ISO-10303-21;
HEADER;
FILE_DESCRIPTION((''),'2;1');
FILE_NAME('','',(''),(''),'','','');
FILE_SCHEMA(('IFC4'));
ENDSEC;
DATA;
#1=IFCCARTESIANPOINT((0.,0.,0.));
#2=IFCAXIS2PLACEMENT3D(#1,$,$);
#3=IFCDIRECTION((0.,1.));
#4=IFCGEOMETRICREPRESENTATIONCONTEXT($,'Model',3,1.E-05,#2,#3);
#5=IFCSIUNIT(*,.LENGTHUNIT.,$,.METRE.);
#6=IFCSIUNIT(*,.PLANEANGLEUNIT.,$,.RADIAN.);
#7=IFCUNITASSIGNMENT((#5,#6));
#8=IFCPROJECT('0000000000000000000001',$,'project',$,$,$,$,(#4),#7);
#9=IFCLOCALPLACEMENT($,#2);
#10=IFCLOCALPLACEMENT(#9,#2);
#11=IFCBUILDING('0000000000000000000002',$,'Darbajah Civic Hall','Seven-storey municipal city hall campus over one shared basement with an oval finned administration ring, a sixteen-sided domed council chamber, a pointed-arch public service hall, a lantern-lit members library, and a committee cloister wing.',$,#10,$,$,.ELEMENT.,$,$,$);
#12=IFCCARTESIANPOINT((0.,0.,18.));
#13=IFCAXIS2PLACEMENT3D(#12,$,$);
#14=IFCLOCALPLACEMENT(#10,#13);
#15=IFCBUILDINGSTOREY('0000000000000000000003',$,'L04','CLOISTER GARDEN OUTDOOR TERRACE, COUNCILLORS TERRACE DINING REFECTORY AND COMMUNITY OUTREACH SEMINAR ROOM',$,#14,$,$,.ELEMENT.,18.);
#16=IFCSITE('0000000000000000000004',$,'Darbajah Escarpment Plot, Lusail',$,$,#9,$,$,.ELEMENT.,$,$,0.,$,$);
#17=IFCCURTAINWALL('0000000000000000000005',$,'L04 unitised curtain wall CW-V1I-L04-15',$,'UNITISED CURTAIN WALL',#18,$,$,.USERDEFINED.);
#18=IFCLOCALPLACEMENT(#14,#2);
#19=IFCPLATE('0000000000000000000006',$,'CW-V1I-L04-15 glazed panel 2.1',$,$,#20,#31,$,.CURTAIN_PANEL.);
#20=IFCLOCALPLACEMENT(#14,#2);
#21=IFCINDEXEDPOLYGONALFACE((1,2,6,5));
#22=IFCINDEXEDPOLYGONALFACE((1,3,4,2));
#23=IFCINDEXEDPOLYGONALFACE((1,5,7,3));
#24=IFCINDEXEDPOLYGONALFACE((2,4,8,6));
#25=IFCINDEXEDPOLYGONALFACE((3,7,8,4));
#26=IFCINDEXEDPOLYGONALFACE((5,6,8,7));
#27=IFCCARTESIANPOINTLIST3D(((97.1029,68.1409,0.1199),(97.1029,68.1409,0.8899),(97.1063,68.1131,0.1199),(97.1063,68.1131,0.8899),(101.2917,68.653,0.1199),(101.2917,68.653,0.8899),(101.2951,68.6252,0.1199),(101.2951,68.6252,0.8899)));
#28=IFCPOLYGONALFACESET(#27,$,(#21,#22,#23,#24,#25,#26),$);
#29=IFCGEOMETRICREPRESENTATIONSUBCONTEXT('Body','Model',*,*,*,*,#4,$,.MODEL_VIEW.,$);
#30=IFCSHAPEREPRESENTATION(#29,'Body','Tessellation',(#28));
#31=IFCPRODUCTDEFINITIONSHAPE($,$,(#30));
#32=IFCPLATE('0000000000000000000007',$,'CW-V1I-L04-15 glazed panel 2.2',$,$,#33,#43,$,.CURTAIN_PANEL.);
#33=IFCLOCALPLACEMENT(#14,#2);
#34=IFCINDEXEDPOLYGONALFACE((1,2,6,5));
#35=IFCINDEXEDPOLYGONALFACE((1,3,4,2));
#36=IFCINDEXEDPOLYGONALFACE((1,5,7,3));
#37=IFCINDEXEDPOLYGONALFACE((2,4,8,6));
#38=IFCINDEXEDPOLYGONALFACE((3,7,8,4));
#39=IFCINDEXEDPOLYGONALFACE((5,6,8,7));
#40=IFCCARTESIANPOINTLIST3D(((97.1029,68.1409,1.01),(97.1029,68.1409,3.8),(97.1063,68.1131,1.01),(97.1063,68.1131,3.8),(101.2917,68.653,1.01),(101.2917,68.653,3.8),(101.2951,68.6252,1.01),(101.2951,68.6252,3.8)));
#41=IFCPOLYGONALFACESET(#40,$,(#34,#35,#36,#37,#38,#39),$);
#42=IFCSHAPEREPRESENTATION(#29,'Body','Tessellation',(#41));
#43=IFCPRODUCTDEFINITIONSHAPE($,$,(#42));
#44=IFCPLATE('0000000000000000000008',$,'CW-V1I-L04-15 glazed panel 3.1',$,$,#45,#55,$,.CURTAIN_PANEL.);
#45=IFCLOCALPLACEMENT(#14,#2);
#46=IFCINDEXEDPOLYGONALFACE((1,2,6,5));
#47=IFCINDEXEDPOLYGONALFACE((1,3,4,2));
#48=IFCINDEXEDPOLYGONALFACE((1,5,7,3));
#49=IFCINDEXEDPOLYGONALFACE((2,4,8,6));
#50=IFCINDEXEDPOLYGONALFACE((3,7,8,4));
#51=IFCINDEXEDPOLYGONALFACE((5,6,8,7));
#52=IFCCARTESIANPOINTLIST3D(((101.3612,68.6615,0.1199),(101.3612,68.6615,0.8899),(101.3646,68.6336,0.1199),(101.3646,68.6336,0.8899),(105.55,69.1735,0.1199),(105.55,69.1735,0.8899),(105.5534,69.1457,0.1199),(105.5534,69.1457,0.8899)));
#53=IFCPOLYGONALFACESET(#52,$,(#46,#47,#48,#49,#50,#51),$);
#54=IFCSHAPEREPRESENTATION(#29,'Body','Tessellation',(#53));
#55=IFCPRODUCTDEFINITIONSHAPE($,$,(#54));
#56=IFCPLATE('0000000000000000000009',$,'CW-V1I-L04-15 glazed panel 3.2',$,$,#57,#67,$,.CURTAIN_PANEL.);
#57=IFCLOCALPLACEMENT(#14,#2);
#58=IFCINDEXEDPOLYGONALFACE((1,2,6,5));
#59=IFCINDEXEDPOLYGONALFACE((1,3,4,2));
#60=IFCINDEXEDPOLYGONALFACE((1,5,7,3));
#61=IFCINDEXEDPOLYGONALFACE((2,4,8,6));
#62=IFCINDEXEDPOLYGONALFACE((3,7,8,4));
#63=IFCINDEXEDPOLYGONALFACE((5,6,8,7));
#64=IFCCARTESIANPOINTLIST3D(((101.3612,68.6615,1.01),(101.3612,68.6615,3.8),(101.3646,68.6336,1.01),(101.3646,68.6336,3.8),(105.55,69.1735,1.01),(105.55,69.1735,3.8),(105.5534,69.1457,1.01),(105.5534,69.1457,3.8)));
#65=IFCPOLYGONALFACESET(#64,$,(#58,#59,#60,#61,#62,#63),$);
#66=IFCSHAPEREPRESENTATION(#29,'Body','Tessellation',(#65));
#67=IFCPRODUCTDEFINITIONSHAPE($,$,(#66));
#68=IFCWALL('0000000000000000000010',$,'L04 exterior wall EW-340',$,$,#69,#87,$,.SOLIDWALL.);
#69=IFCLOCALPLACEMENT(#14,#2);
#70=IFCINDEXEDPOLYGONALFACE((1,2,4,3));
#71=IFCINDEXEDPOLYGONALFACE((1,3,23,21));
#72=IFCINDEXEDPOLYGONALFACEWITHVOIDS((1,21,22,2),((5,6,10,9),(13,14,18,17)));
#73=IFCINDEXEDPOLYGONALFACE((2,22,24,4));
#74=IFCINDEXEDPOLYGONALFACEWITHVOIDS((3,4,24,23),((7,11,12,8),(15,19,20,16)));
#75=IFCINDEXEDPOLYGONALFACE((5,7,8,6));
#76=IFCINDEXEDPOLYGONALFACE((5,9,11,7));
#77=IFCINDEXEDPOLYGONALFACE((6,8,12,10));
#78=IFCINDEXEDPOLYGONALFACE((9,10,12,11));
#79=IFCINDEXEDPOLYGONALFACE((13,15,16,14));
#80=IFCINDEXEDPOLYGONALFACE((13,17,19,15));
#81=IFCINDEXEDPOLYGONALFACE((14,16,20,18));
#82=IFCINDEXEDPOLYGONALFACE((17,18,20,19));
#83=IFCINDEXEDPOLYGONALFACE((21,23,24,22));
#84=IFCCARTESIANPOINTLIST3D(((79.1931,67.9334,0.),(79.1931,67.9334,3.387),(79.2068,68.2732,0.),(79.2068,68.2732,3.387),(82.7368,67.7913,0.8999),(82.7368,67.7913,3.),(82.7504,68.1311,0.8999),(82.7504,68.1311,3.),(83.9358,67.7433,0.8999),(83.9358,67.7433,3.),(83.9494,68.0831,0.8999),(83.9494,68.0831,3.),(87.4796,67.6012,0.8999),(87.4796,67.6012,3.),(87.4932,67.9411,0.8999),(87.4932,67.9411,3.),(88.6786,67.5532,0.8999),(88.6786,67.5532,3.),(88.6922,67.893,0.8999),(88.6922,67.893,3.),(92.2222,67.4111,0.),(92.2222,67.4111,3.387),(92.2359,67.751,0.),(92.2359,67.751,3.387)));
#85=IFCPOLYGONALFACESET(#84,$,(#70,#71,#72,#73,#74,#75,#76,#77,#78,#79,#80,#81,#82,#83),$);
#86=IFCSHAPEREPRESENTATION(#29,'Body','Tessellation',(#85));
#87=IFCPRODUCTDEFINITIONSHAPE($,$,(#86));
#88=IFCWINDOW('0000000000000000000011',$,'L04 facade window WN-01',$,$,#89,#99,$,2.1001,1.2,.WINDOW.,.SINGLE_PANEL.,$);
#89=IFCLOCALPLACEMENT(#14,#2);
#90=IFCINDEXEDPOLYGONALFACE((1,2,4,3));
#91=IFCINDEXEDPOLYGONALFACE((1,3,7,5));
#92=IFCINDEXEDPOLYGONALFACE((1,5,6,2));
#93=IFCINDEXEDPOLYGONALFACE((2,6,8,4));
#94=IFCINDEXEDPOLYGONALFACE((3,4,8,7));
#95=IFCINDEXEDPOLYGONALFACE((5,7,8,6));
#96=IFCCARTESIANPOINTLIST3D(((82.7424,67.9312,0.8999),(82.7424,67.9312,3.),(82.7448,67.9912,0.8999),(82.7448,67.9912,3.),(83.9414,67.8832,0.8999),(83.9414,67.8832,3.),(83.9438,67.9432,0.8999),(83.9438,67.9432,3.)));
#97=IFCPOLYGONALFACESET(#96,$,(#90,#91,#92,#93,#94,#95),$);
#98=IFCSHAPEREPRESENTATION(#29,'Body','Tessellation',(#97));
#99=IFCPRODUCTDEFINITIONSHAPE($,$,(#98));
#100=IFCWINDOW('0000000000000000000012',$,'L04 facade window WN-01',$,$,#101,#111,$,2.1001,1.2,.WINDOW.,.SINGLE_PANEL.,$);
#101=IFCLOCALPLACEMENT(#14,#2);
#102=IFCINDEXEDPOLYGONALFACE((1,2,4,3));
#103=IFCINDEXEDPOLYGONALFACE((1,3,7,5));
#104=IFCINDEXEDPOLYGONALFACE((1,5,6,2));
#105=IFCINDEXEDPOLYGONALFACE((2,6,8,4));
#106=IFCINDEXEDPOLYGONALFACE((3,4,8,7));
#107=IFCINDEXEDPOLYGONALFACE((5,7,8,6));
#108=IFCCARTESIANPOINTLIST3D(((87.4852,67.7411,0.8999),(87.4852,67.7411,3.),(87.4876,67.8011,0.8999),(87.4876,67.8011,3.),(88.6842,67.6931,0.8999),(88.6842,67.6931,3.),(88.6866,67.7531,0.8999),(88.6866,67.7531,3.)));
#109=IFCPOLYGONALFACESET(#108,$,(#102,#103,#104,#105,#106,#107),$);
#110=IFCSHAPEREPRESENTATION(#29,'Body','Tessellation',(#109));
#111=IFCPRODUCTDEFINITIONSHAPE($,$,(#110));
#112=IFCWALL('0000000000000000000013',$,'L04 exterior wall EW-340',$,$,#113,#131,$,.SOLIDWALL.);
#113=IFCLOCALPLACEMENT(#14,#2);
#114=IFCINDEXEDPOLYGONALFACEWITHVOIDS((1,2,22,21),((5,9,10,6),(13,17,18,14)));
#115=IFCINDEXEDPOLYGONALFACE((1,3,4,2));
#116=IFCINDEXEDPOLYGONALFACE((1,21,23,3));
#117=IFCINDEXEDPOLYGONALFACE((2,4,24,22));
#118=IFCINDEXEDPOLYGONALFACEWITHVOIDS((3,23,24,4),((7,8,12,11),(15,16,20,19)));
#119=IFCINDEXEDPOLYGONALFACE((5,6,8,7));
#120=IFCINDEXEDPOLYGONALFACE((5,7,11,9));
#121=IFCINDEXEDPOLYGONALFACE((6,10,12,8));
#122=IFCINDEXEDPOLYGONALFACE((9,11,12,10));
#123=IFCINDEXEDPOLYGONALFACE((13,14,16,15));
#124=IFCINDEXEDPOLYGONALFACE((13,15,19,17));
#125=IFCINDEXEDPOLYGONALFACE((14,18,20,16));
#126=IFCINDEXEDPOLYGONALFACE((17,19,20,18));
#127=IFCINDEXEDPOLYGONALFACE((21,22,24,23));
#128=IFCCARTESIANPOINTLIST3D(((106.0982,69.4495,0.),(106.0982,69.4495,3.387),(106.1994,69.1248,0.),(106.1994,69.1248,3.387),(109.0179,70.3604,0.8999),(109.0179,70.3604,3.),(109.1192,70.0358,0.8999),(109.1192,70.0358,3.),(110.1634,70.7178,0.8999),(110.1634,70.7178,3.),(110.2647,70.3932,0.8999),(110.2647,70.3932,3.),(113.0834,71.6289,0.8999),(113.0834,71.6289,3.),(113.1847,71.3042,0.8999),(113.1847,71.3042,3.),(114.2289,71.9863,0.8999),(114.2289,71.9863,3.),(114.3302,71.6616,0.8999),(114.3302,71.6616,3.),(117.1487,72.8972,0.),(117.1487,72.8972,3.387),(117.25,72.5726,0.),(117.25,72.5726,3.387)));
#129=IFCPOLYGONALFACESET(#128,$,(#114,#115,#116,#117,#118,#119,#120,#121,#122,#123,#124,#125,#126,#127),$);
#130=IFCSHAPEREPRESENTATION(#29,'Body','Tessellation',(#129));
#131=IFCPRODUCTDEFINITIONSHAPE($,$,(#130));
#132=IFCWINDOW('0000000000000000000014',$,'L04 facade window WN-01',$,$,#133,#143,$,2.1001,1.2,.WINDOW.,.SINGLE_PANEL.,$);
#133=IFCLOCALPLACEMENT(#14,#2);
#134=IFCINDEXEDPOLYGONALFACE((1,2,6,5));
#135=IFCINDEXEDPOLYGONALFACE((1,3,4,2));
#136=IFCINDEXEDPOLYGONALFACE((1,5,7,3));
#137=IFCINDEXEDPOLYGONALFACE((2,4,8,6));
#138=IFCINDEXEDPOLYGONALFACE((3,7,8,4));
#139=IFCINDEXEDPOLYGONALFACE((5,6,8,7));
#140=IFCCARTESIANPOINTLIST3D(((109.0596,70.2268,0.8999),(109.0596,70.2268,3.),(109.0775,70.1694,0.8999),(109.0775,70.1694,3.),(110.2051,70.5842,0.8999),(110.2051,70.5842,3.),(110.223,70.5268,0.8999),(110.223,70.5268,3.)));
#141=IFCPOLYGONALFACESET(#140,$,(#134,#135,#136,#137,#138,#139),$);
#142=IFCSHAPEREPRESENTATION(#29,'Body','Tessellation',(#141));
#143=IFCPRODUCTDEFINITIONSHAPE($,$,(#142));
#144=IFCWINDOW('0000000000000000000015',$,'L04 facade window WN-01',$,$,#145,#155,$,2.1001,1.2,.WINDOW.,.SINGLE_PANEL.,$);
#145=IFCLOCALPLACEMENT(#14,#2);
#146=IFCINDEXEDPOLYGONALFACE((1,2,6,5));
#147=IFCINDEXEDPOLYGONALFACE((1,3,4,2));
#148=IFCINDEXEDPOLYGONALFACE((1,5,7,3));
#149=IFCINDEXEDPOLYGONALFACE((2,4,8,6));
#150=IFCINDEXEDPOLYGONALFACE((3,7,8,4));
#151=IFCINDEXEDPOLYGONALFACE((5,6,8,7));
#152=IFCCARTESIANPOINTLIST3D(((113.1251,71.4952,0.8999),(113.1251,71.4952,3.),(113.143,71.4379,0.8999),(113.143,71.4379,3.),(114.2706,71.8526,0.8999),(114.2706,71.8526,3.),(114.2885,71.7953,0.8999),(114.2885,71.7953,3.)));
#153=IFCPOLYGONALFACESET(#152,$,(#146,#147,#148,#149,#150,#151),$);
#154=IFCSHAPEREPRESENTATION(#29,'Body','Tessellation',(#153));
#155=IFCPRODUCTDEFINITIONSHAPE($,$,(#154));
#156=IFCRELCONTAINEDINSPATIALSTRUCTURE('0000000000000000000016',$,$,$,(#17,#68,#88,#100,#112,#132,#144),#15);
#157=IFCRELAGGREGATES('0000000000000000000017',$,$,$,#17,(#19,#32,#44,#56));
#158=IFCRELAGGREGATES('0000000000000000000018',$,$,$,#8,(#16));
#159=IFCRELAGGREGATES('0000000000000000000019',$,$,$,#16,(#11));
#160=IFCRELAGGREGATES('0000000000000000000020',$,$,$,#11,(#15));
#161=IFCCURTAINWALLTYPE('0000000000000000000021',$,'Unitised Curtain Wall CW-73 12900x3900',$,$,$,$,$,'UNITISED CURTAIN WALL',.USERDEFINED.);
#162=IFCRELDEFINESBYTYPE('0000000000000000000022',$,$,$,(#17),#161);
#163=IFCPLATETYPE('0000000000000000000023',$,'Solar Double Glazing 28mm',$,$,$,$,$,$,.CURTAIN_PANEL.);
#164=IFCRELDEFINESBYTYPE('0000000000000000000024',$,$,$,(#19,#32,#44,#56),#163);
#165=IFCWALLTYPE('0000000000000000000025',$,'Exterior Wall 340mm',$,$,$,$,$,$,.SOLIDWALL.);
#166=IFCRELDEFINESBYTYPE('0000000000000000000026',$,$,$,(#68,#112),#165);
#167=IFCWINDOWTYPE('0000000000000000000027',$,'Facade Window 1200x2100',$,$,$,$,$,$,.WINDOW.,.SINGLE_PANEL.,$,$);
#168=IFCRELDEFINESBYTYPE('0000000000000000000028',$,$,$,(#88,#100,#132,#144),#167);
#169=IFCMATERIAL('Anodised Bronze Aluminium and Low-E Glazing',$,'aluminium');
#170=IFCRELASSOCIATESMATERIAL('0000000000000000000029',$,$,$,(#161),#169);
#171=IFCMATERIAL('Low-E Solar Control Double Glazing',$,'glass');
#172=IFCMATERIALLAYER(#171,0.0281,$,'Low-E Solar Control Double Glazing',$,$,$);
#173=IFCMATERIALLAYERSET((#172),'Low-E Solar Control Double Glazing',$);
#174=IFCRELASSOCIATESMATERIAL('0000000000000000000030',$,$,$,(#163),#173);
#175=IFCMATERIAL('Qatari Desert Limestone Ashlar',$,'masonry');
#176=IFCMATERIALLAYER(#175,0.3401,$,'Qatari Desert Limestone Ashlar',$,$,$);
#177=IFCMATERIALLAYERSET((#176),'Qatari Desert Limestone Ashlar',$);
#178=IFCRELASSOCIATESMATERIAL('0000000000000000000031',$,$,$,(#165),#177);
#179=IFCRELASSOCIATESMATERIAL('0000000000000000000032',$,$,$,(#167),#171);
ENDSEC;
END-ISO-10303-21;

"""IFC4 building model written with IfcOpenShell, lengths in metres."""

from ifc_helpers import new_model, si_unit, direction, frame, frame_2d, origin, origin_2d, place, context, subcontext, project, spatial, rectangle, extrude, material, layer, layer_set, type_object, element, fill, aggregate, save


model = new_model("IFC4")

# Units and contexts
model_context = context("Model", 3, precision=1e-05, world=origin(), true_north=direction((0.0, 1.0)))
body_context = subcontext(model_context, "Body", "Model", "MODEL_VIEW")
ifc_project = project(units=[si_unit("LENGTHUNIT", "METRE"), si_unit("PLANEANGLEUNIT", "RADIAN")], contexts=[model_context])

# Site, building, storey
site_placement = place(None, origin())
site = spatial("IfcSite", under=ifc_project, at=site_placement, Name="Darbajah Escarpment Plot, Lusail", CompositionType="ELEMENT", RefElevation=0.0)
building_placement = place(site_placement, origin())
building = spatial("IfcBuilding", under=site, at=building_placement, Name="Darbajah Civic Hall", Description="Seven-storey municipal city hall campus over one shared basement with an oval finned administration ring, a sixteen-sided domed council chamber, a pointed-arch public service hall, a lantern-lit members library, and a committee cloister wing.", CompositionType="ELEMENT")
storey_placement = place(building_placement, frame((0.0, 0.0, 18.0)))
storey = spatial("IfcBuildingStorey", under=building, at=storey_placement, Name="L04", Description="CLOISTER GARDEN OUTDOOR TERRACE, COUNCILLORS TERRACE DINING REFECTORY AND COMMUNITY OUTREACH SEMINAR ROOM", CompositionType="ELEMENT", Elevation=18.0)

# Curtain wall
ifc_material_1 = material(Name="Anodised Bronze Aluminium and Low-E Glazing", Category="aluminium")
curtain_wall_type = type_object("IfcCurtainWallType", Name="Unitised Curtain Wall CW-73 12900x3900", ElementType="UNITISED CURTAIN WALL", PredefinedType="USERDEFINED", material=ifc_material_1)
curtain_wall_placement = place(storey_placement, origin())
curtain_wall = element("IfcCurtainWall", 1, at=curtain_wall_placement, inside=storey, type_object=curtain_wall_type, Name="L04 unitised curtain wall CW-V1I-L04-15", ObjectType="UNITISED CURTAIN WALL", PredefinedType="USERDEFINED")

# Plates
ifc_material_2 = material(Name="Low-E Solar Control Double Glazing", Category="glass")
ifc_layer_1 = layer(ifc_material_2, 0.0281, Name="Low-E Solar Control Double Glazing")
ifc_layer_set_1 = layer_set([ifc_layer_1], Name="Low-E Solar Control Double Glazing")
plate_type = type_object("IfcPlateType", Name="Solar Double Glazing 28mm", PredefinedType="CURTAIN_PANEL", material=ifc_layer_set_1)
plate_1_placement = place(storey_placement, frame((99.199, 68.3831, 0.1199), z_axis=(0.0, 0.0, 1.0), x_axis=(0.99261, 0.12135, 0.0)))
plate_1 = element("IfcPlate", 2, at=plate_1_placement, type_object=plate_type, Name="CW-V1I-L04-15 glazed panel 2.1", PredefinedType="CURTAIN_PANEL", context=body_context, shape_type="SweptSolid", body=[
    extrude(rectangle(XDim=4.22, YDim=0.0281, at=origin_2d()), origin(), (0.0, 0.0, 1.0), 0.77),
])
plate_2_placement = place(storey_placement, frame((99.199, 68.3831, 1.01), z_axis=(0.0, 0.0, 1.0), x_axis=(0.99261, 0.12135, 0.0)))
plate_2 = element("IfcPlate", 3, at=plate_2_placement, type_object=plate_type, Name="CW-V1I-L04-15 glazed panel 2.2", PredefinedType="CURTAIN_PANEL", context=body_context, shape_type="SweptSolid", body=[
    extrude(rectangle(XDim=4.22, YDim=0.0281, at=origin_2d()), origin(), (0.0, 0.0, 1.0), 2.79),
])
plate_3_placement = place(storey_placement, frame((103.4573, 68.9036, 0.1199), z_axis=(0.0, 0.0, 1.0), x_axis=(0.99261, 0.12135, 0.0)))
plate_3 = element("IfcPlate", 4, at=plate_3_placement, type_object=plate_type, Name="CW-V1I-L04-15 glazed panel 3.1", PredefinedType="CURTAIN_PANEL", context=body_context, shape_type="SweptSolid", body=[
    extrude(rectangle(XDim=4.22, YDim=0.0281, at=origin_2d()), origin(), (0.0, 0.0, 1.0), 0.77),
])
plate_4_placement = place(storey_placement, frame((103.4573, 68.9036, 1.01), z_axis=(0.0, 0.0, 1.0), x_axis=(0.99261, 0.12135, 0.0)))
plate_4 = element("IfcPlate", 5, at=plate_4_placement, type_object=plate_type, Name="CW-V1I-L04-15 glazed panel 3.2", PredefinedType="CURTAIN_PANEL", context=body_context, shape_type="SweptSolid", body=[
    extrude(rectangle(XDim=4.22, YDim=0.0281, at=origin_2d()), origin(), (0.0, 0.0, 1.0), 2.79),
])
aggregate(curtain_wall, [plate_1, plate_2, plate_3, plate_4])

# Walls, openings, windows
ifc_material_3 = material(Name="Qatari Desert Limestone Ashlar", Category="masonry")
ifc_layer_2 = layer(ifc_material_3, 0.3401, Name="Qatari Desert Limestone Ashlar")
ifc_layer_set_2 = layer_set([ifc_layer_2], Name="Qatari Desert Limestone Ashlar")
wall_type = type_object("IfcWallType", Name="Exterior Wall 340mm", PredefinedType="SOLIDWALL", material=ifc_layer_set_2)
wall_1_placement = place(storey_placement, frame((79.2, 68.1033, 0.0), z_axis=(0.0, 0.0, 1.0), x_axis=(0.999198, -0.040049, 0.0)))
wall_1 = element("IfcWall", 6, at=wall_1_placement, inside=storey, type_object=wall_type, Name="L04 exterior wall EW-340", PredefinedType="SOLIDWALL", context=body_context, shape_type="SweptSolid", body=[
    extrude(rectangle(XDim=13.0396, YDim=0.3401, at=frame_2d((6.5198, 0.0))), origin(), (0.0, 0.0, 1.0), 3.387),
])
opening_1_placement = place(wall_1_placement, frame((3.5464, 0.0, 0.8999)))
opening_1 = element("IfcOpeningElement", 7, at=opening_1_placement, cuts=wall_1, PredefinedType="OPENING", context=body_context, shape_type="SweptSolid", body=[
    extrude(rectangle(XDim=1.2, YDim=2.1001, at=frame_2d((0.6001, 1.05))), frame((0.0, 0.1799, 0.0), z_axis=(0.0, -1.0, 0.0), x_axis=(1.0, 0.0, 0.0)), (0.0, 0.0, 1.0), 0.3601),
])
opening_2_placement = place(wall_1_placement, frame((8.293, 0.0, 0.8999)))
opening_2 = element("IfcOpeningElement", 8, at=opening_2_placement, cuts=wall_1, PredefinedType="OPENING", context=body_context, shape_type="SweptSolid", body=[
    extrude(rectangle(XDim=1.2, YDim=2.1001, at=frame_2d((0.6001, 1.05))), frame((0.0, 0.1799, 0.0), z_axis=(0.0, -1.0, 0.0), x_axis=(1.0, 0.0, 0.0)), (0.0, 0.0, 1.0), 0.3601),
])
window_type = type_object("IfcWindowType", Name="Facade Window 1200x2100", PartitioningType="SINGLE_PANEL", PredefinedType="WINDOW", material=ifc_material_2)
window_1_placement = place(opening_1_placement, origin())
window_1 = element("IfcWindow", 9, at=window_1_placement, inside=storey, type_object=window_type, Name="L04 facade window WN-01", OverallHeight=2.1001, OverallWidth=1.2, PartitioningType="SINGLE_PANEL", PredefinedType="WINDOW", context=body_context, shape_type="SweptSolid", body=[
    extrude(rectangle(XDim=1.2, YDim=2.1001, at=frame_2d((0.6001, 1.05))), frame((0.0, 0.03, 0.0), z_axis=(0.0, -1.0, 0.0), x_axis=(1.0, 0.0, 0.0)), (0.0, 0.0, 1.0), 0.0601),
])
fill(opening_1, window_1)
window_2_placement = place(opening_2_placement, origin())
window_2 = element("IfcWindow", 10, at=window_2_placement, inside=storey, type_object=window_type, Name="L04 facade window WN-01", OverallHeight=2.1001, OverallWidth=1.2, PartitioningType="SINGLE_PANEL", PredefinedType="WINDOW", context=body_context, shape_type="SweptSolid", body=[
    extrude(rectangle(XDim=1.2, YDim=2.1001, at=frame_2d((0.6001, 1.05))), frame((0.0, 0.03, 0.0), z_axis=(0.0, -1.0, 0.0), x_axis=(1.0, 0.0, 0.0)), (0.0, 0.0, 1.0), 0.0601),
])
fill(opening_2, window_2)
wall_2_placement = place(storey_placement, frame((106.1487, 69.2871, 0.0), z_axis=(0.0, 0.0, 1.0), x_axis=(0.954616, 0.297839, 0.0)))
wall_2 = element("IfcWall", 11, at=wall_2_placement, inside=storey, type_object=wall_type, Name="L04 exterior wall EW-340", PredefinedType="SOLIDWALL", context=body_context, shape_type="SweptSolid", body=[
    extrude(rectangle(XDim=11.5759, YDim=0.3401, at=frame_2d((5.7881, 0.0))), origin(), (0.0, 0.0, 1.0), 3.387),
])
opening_3_placement = place(wall_2_placement, frame((3.0586, 0.0, 0.8999)))
opening_3 = element("IfcOpeningElement", 12, at=opening_3_placement, cuts=wall_2, PredefinedType="OPENING", context=body_context, shape_type="SweptSolid", body=[
    extrude(rectangle(XDim=1.2, YDim=2.1001, at=frame_2d((0.6001, 1.05))), frame((0.0, 0.1799, 0.0), z_axis=(0.0, -1.0, 0.0), x_axis=(1.0, 0.0, 0.0)), (0.0, 0.0, 1.0), 0.3601),
])
opening_4_placement = place(wall_2_placement, frame((7.3174, 0.0, 0.8999)))
opening_4 = element("IfcOpeningElement", 13, at=opening_4_placement, cuts=wall_2, PredefinedType="OPENING", context=body_context, shape_type="SweptSolid", body=[
    extrude(rectangle(XDim=1.2, YDim=2.1001, at=frame_2d((0.6001, 1.05))), frame((0.0, 0.1799, 0.0), z_axis=(0.0, -1.0, 0.0), x_axis=(1.0, 0.0, 0.0)), (0.0, 0.0, 1.0), 0.3601),
])
window_3_placement = place(opening_3_placement, origin())
window_3 = element("IfcWindow", 14, at=window_3_placement, inside=storey, type_object=window_type, Name="L04 facade window WN-01", OverallHeight=2.1001, OverallWidth=1.2, PartitioningType="SINGLE_PANEL", PredefinedType="WINDOW", context=body_context, shape_type="SweptSolid", body=[
    extrude(rectangle(XDim=1.2, YDim=2.1001, at=frame_2d((0.6001, 1.05))), frame((0.0, 0.03, 0.0), z_axis=(0.0, -1.0, 0.0), x_axis=(1.0, 0.0, 0.0)), (0.0, 0.0, 1.0), 0.0601),
])
fill(opening_3, window_3)
window_4_placement = place(opening_4_placement, origin())
window_4 = element("IfcWindow", 15, at=window_4_placement, inside=storey, type_object=window_type, Name="L04 facade window WN-01", OverallHeight=2.1001, OverallWidth=1.2, PartitioningType="SINGLE_PANEL", PredefinedType="WINDOW", context=body_context, shape_type="SweptSolid", body=[
    extrude(rectangle(XDim=1.2, YDim=2.1001, at=frame_2d((0.6001, 1.05))), frame((0.0, 0.03, 0.0), z_axis=(0.0, -1.0, 0.0), x_axis=(1.0, 0.0, 0.0)), (0.0, 0.0, 1.0), 0.0601),
])
fill(opening_4, window_4)

save(model, "model.ifc")
